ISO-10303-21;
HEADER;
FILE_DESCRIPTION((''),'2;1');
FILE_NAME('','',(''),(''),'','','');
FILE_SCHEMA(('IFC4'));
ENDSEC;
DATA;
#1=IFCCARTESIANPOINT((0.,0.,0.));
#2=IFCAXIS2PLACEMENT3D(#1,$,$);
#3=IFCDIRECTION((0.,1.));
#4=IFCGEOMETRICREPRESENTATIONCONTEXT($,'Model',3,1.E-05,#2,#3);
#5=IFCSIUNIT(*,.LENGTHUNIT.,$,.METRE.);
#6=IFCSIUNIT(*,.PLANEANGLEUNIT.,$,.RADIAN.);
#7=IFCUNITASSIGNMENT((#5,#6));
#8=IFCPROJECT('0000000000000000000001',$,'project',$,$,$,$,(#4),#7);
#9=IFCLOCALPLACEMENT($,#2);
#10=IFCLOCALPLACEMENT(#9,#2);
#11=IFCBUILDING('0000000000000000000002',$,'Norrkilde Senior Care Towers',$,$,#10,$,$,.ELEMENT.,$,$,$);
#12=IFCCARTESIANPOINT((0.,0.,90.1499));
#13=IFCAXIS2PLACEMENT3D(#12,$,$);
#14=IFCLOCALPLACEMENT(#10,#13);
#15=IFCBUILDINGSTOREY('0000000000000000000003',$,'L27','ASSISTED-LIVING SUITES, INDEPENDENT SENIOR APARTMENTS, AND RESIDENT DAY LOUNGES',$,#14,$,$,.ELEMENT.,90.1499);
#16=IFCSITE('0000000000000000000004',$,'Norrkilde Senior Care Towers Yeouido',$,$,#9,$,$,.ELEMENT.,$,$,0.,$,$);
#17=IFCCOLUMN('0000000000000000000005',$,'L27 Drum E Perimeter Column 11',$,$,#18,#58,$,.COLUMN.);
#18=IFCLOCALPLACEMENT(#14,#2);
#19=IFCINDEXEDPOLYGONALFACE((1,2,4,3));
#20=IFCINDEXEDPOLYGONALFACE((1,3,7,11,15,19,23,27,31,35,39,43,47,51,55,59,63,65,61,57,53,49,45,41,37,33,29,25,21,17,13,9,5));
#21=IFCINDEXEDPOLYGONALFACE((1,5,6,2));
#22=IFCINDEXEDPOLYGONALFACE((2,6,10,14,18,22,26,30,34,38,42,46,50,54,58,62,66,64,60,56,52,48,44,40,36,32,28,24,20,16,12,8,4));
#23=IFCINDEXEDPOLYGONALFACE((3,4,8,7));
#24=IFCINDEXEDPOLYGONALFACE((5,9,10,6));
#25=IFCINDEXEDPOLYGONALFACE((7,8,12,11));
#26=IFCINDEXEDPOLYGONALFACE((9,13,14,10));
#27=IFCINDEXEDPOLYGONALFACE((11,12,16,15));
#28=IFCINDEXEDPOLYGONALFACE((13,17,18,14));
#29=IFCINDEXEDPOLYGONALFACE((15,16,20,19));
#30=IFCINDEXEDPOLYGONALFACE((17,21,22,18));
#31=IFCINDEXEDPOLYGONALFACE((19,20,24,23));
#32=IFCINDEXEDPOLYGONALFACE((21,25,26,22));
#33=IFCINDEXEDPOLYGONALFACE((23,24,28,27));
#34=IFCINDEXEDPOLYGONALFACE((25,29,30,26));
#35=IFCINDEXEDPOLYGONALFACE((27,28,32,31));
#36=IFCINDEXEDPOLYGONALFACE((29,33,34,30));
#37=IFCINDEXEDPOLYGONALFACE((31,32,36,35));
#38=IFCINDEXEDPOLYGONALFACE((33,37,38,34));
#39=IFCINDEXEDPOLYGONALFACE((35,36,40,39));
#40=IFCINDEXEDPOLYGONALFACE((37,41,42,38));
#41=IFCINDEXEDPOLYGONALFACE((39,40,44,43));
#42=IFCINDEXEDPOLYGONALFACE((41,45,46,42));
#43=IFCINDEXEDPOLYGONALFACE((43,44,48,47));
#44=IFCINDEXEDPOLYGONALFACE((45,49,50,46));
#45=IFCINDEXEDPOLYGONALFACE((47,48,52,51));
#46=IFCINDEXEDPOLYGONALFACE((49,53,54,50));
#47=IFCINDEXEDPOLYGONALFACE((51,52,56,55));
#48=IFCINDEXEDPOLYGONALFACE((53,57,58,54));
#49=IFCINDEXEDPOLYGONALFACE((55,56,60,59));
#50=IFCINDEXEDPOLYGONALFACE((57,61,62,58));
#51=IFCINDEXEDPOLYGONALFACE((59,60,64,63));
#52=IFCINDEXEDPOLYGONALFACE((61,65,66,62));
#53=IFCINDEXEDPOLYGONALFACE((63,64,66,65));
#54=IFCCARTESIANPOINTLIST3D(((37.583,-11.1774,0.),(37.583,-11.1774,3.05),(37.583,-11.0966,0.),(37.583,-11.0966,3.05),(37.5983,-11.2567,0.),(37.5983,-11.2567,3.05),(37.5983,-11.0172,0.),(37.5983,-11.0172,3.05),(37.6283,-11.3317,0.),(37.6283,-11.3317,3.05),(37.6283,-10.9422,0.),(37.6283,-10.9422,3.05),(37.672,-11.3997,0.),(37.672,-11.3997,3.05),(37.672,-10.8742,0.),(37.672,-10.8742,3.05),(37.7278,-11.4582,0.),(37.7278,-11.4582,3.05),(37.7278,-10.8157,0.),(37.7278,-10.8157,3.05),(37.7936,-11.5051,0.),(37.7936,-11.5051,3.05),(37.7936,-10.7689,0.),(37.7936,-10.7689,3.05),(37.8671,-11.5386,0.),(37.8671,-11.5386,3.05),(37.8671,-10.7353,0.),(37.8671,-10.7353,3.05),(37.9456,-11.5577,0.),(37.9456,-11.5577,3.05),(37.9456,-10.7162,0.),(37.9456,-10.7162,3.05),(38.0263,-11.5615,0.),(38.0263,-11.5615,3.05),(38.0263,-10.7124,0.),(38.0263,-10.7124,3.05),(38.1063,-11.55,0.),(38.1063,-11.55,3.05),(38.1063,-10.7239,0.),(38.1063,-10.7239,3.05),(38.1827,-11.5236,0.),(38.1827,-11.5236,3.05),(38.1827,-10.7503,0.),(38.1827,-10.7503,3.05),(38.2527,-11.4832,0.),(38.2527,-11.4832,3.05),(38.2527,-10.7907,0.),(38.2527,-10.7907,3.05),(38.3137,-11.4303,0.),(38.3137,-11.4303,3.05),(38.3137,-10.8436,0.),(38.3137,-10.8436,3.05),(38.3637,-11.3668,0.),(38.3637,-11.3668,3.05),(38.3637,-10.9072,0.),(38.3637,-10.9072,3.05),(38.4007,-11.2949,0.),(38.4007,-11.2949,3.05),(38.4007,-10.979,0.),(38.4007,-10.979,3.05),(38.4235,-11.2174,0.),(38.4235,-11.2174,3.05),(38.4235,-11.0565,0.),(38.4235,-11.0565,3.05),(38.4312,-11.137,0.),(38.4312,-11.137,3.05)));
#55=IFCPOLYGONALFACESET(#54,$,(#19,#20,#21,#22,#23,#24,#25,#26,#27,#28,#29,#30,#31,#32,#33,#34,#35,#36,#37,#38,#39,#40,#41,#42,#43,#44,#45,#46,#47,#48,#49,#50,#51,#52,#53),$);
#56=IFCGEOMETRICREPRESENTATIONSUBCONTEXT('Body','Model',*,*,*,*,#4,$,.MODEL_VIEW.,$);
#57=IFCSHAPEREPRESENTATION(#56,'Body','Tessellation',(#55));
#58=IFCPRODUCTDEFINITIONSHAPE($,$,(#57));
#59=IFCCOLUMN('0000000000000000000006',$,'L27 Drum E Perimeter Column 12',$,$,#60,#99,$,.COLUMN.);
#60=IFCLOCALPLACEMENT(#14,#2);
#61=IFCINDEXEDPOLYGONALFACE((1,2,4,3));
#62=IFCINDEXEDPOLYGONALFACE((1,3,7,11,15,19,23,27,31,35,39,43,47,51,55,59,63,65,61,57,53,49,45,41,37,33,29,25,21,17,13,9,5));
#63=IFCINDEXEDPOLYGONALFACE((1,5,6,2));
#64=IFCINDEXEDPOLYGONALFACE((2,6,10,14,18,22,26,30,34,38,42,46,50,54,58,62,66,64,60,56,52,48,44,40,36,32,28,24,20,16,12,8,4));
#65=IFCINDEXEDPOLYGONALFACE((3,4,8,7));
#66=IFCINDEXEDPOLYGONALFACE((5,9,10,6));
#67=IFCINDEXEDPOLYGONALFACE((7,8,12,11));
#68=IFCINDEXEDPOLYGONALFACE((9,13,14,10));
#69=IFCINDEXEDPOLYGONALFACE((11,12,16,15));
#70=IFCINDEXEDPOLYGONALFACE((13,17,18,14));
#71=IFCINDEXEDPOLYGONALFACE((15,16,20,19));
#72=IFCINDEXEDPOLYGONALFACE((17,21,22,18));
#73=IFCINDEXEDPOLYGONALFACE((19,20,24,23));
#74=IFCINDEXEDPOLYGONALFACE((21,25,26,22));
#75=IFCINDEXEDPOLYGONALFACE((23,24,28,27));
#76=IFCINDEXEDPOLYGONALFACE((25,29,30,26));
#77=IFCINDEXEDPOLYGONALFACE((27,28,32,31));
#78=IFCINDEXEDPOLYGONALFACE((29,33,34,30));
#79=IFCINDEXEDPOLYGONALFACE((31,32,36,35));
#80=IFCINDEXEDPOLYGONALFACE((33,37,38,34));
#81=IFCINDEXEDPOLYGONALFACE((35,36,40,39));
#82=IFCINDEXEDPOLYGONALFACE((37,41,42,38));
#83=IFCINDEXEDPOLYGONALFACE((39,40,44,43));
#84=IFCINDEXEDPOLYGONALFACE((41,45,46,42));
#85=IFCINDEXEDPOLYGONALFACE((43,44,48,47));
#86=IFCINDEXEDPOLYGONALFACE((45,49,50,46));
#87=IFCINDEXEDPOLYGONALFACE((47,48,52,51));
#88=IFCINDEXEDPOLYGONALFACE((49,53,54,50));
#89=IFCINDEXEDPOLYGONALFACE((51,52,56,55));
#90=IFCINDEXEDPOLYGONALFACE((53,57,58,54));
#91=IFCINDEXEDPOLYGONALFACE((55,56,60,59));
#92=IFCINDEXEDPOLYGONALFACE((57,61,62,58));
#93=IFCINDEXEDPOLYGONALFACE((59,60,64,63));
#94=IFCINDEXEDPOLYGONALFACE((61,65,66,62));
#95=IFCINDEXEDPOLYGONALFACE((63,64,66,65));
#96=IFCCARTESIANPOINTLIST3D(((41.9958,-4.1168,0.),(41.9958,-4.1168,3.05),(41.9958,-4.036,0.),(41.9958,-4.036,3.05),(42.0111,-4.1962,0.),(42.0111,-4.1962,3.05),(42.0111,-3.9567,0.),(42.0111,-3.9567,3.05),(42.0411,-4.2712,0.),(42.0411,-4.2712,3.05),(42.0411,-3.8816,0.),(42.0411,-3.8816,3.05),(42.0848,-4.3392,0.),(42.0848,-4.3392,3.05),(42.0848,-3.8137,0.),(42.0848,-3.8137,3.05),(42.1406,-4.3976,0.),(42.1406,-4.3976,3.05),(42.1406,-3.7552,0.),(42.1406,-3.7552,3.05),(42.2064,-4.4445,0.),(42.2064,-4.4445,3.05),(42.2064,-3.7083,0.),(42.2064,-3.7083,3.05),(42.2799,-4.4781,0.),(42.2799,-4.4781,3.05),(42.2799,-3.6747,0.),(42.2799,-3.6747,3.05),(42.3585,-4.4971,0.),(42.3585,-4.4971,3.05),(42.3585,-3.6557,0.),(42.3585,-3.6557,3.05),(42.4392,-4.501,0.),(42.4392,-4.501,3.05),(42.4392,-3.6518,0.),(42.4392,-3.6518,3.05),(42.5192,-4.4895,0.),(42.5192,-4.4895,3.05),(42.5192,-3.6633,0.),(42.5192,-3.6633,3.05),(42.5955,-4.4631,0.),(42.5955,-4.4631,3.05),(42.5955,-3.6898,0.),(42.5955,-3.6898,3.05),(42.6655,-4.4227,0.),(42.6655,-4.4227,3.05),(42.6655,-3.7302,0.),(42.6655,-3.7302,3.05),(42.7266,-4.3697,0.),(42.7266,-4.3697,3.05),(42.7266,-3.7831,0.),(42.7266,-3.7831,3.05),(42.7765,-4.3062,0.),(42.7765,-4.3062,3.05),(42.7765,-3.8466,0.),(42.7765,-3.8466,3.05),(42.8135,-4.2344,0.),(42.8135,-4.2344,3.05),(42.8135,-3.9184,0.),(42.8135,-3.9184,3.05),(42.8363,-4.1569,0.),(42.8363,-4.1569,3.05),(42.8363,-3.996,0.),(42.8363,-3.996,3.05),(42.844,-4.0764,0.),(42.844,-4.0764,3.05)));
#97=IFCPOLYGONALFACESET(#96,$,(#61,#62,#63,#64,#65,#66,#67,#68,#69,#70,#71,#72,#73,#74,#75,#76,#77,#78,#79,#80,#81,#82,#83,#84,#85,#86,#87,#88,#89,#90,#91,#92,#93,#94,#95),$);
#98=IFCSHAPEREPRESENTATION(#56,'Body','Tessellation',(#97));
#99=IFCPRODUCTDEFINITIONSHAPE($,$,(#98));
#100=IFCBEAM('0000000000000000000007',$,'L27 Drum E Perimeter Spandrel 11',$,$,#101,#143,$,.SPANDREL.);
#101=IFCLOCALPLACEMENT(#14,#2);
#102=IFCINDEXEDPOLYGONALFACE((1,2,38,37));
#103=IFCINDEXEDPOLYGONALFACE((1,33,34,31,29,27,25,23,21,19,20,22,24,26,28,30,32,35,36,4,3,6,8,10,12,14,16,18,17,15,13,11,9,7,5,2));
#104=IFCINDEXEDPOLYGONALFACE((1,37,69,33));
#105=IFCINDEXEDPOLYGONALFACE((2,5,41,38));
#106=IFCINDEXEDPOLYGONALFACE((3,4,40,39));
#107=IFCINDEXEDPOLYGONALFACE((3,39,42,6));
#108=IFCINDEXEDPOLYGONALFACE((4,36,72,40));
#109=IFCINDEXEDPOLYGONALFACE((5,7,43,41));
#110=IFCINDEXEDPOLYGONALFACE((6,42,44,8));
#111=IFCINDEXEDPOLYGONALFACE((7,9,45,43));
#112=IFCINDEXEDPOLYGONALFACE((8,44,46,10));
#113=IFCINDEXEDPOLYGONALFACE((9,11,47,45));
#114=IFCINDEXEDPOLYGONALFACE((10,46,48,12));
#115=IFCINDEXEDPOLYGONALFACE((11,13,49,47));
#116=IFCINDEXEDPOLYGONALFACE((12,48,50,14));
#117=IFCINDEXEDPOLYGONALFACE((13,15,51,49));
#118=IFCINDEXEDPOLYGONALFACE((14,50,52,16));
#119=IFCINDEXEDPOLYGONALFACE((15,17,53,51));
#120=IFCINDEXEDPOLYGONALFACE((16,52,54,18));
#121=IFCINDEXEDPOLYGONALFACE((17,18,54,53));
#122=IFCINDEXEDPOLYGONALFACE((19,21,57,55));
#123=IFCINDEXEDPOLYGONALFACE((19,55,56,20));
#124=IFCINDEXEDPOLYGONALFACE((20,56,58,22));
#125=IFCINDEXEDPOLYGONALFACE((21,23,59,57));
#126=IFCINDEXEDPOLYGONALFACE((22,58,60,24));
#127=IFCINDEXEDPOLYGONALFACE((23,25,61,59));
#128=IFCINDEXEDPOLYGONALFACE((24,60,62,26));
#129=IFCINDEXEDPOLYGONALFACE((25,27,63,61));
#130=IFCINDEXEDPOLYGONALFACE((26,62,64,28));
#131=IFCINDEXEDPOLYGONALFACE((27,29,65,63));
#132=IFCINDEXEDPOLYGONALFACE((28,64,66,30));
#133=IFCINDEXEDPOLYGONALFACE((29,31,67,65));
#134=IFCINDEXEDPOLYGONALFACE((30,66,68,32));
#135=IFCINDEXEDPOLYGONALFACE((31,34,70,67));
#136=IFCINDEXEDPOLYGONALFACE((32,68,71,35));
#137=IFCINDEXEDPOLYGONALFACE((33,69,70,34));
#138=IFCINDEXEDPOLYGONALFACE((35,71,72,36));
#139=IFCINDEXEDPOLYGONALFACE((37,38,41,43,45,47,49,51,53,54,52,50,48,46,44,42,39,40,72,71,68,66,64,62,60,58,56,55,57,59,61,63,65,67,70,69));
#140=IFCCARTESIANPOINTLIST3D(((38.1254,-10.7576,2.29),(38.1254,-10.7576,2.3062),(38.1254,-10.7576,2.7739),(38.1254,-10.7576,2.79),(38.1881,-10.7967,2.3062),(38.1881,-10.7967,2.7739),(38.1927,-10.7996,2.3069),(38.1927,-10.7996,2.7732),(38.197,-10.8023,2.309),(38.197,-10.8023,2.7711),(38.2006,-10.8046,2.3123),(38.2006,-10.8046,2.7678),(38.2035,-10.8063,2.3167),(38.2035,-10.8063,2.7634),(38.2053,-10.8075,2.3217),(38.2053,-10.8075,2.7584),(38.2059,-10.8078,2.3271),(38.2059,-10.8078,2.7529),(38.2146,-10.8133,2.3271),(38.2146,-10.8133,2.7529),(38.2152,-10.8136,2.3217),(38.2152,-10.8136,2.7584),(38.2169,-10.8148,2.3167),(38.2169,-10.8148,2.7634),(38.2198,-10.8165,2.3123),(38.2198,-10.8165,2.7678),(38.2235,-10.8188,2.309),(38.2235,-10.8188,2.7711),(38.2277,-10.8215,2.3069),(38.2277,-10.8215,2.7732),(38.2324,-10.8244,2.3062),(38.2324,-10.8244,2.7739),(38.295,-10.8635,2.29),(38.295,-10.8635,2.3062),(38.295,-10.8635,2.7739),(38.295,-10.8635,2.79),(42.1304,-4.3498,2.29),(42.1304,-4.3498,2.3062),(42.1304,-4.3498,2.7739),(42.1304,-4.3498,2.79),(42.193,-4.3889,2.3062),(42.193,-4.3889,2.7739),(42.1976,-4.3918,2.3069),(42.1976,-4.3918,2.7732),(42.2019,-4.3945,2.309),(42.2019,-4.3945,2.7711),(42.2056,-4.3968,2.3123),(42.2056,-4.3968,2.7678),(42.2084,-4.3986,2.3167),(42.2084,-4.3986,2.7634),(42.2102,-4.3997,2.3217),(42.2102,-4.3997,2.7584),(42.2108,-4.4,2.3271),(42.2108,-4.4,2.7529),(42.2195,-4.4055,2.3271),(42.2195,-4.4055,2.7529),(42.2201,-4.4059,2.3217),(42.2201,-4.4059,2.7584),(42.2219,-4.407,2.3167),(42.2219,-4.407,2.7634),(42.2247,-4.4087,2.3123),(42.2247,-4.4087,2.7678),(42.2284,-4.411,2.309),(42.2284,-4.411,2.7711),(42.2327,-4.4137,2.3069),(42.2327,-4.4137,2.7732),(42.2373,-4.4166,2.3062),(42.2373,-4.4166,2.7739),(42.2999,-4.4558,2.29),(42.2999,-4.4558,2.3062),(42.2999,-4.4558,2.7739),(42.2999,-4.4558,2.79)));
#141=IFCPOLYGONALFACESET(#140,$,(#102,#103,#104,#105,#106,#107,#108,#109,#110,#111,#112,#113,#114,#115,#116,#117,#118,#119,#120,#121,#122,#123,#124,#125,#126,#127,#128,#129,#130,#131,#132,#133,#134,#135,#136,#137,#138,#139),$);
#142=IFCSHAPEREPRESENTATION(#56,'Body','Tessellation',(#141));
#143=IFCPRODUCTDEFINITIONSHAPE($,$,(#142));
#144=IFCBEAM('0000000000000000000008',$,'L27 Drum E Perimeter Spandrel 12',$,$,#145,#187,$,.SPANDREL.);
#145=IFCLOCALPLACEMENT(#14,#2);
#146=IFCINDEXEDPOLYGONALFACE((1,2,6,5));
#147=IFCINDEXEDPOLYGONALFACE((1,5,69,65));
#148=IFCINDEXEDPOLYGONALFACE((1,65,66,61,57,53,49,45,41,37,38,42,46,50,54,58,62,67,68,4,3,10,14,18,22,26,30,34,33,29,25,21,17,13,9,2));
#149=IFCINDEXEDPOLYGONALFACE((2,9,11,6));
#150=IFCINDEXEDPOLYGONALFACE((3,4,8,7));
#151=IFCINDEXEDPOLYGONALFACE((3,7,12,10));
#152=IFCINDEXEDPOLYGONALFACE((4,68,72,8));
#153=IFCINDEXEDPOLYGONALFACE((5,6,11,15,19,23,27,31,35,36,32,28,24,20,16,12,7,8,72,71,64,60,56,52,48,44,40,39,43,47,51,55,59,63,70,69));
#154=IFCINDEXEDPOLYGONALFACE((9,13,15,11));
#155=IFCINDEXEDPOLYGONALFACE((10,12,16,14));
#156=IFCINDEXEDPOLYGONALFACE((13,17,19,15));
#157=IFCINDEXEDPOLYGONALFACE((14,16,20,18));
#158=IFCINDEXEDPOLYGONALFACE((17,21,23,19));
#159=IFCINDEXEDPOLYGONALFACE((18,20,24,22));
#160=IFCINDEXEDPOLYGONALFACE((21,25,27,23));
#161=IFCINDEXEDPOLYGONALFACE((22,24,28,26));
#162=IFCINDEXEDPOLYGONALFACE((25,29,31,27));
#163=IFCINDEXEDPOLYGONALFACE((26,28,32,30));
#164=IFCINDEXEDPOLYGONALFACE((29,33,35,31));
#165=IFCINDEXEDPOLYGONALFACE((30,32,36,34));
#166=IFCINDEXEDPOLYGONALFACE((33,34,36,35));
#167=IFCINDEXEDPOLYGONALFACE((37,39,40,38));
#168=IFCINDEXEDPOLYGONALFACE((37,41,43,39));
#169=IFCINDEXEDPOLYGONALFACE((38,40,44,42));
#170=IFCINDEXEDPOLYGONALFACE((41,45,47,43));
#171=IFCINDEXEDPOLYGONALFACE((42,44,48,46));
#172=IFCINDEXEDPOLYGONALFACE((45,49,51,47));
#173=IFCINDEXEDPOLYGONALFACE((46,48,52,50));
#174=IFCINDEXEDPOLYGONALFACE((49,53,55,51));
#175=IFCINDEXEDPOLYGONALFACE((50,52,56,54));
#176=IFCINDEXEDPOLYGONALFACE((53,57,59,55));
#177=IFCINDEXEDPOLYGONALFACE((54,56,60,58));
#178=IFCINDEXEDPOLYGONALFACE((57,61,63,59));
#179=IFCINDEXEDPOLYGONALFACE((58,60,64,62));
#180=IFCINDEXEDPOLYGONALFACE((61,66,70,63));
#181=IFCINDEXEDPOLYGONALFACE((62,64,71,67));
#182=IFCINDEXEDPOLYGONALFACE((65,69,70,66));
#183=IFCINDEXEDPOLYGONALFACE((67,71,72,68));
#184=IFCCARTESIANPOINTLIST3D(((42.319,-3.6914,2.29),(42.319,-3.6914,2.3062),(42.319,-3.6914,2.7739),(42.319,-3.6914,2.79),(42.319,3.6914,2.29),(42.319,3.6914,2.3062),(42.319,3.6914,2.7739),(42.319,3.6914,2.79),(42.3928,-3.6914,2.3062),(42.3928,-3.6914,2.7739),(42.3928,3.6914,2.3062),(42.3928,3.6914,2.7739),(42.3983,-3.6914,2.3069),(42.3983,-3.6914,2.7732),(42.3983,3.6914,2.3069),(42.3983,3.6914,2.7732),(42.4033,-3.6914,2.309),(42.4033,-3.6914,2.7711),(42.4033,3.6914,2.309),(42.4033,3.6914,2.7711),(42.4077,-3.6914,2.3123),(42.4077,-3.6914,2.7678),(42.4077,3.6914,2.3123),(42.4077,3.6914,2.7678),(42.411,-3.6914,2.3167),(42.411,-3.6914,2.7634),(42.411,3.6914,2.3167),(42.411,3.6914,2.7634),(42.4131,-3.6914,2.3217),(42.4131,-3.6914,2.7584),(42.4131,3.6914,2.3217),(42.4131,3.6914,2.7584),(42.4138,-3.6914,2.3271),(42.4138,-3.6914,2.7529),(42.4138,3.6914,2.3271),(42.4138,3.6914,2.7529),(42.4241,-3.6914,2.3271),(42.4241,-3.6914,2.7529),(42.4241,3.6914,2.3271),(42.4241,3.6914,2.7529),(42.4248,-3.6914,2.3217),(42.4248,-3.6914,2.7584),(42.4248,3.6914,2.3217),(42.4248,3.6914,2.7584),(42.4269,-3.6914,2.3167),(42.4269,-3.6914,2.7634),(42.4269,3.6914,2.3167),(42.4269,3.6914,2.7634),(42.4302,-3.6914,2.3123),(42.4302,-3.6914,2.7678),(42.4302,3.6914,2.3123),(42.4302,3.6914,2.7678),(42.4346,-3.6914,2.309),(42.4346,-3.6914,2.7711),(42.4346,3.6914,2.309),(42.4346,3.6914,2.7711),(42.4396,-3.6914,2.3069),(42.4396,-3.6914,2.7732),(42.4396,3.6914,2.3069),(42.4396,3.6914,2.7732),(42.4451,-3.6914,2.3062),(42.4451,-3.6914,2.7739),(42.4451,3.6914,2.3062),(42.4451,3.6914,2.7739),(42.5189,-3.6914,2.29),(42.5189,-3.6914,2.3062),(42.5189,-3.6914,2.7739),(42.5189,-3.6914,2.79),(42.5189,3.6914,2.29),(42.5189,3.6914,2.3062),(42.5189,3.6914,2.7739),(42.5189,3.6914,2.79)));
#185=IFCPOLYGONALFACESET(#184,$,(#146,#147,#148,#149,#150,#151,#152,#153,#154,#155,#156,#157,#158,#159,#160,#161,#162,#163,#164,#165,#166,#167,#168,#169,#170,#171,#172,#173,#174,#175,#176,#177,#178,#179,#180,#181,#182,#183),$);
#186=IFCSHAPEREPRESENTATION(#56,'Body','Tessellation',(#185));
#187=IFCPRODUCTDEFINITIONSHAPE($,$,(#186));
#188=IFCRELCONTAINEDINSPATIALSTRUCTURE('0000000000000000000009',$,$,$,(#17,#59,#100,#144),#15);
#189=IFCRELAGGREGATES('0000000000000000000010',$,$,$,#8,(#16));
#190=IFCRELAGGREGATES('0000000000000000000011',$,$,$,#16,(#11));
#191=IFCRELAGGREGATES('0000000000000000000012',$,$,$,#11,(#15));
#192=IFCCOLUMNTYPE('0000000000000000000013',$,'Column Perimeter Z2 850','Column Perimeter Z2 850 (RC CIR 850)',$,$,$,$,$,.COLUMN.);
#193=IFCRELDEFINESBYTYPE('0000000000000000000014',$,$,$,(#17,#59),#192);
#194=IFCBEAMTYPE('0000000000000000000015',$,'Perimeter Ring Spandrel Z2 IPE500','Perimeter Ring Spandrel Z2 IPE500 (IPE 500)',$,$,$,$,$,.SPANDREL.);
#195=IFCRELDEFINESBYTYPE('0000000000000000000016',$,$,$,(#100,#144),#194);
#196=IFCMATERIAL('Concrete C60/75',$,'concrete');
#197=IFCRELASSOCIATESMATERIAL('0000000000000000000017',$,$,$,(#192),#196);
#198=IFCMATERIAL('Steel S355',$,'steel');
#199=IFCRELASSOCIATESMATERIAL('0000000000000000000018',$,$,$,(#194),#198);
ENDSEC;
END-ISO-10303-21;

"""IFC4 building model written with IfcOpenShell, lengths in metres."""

from ifc_helpers import new_model, si_unit, direction, frame, origin, origin_2d, place, context, subcontext, project, spatial, circle, i_section, extrude, source, transform, mapped, material, material_profile, profile_set, type_object, type_shapes, element, save


model = new_model("IFC4")

# Units and contexts
model_context = context("Model", 3, precision=1e-05, world=origin(), true_north=direction((0.0, 1.0)))
body_context = subcontext(model_context, "Body", "Model", "MODEL_VIEW")
ifc_project = project(units=[si_unit("LENGTHUNIT", "METRE"), si_unit("PLANEANGLEUNIT", "RADIAN")], contexts=[model_context])

# Site, building, storey
site_placement = place(None, origin())
site = spatial("IfcSite", under=ifc_project, at=site_placement, Name="Norrkilde Senior Care Towers Yeouido", CompositionType="ELEMENT", RefElevation=0.0)
building_placement = place(site_placement, origin())
building = spatial("IfcBuilding", under=site, at=building_placement, Name="Norrkilde Senior Care Towers", CompositionType="ELEMENT")
storey_placement = place(building_placement, frame((0.0, 0.0, 90.1499)))
storey = spatial("IfcBuildingStorey", under=building, at=storey_placement, Name="L27", Description="ASSISTED-LIVING SUITES, INDEPENDENT SENIOR APARTMENTS, AND RESIDENT DAY LOUNGES", CompositionType="ELEMENT", Elevation=90.1499)

# Columns
ifc_material_1 = material(Name="Concrete C60/75", Category="concrete")
ifc_material_profile_1 = material_profile(ifc_material_1, circle(Radius=0.425, at=origin_2d()), Name="RC CIR 850")
ifc_profile_set_1 = profile_set([ifc_material_profile_1], Name="Concrete C60/75")
column_type = type_object("IfcColumnType", Name="Column Perimeter Z2 850", Description="Column Perimeter Z2 850 (RC CIR 850)", PredefinedType="COLUMN", material=ifc_profile_set_1)
shared_shape_1 = source(origin(), body_context, "Body", "SweptSolid", [
    extrude(circle(Radius=0.425, at=origin_2d()), origin(), (0.0, 0.0, 1.0), 3.05),
])
type_shapes(column_type, [shared_shape_1])
for number, where, z_axis, x_axis, name in (
    (1, (38.0061, -11.137, 0.0), (0.0, 0.0, 1.0), (1.0, 0.0, 0.0), "L27 Drum E Perimeter Column 11"),
    (2, (42.4189, -4.0764, 0.0), (0.0, 0.0, 1.0), (1.0, 0.0, 0.0), "L27 Drum E Perimeter Column 12"),
):
    element("IfcColumn", number, at=place(storey_placement, frame(where, z_axis=z_axis, x_axis=x_axis)), inside=storey, type_object=column_type, Name=name, PredefinedType="COLUMN", context=body_context, shape_type="MappedRepresentation", body=[
        mapped(shared_shape_1, transform((0.0, 0.0, 0.0), x_axis=(1.0, 0.0, 0.0), y_axis=(0.0, 1.0, 0.0), z_axis=(0.0, 0.0, 1.0), scale=1.0)),
    ])

# Beams
ifc_material_2 = material(Name="Steel S355", Category="steel")
ifc_material_profile_2 = material_profile(ifc_material_2, i_section(OverallWidth=0.2, OverallDepth=0.5, WebThickness=0.0103, FlangeThickness=0.0161, FilletRadius=0.021, at=origin_2d()), Name="IPE 500")
ifc_profile_set_2 = profile_set([ifc_material_profile_2], Name="Steel S355")
beam_type = type_object("IfcBeamType", Name="Perimeter Ring Spandrel Z2 IPE500", Description="Perimeter Ring Spandrel Z2 IPE500 (IPE 500)", PredefinedType="SPANDREL", material=ifc_profile_set_2)
shared_shape_2 = source(origin(), body_context, "Body", "SweptSolid", [
    extrude(i_section(OverallWidth=0.2, OverallDepth=0.5, WebThickness=0.0103, FlangeThickness=0.0161, FilletRadius=0.021, at=origin_2d()), origin(), (0.0, 0.0, 1.0), 7.5564),
])
beam_1_placement = place(storey_placement, frame((38.2102, -10.8105, 2.54), z_axis=(0.530005, 0.847995, 0.0), x_axis=(-0.847995, 0.530005, 0.0)))
element("IfcBeam", 3, at=beam_1_placement, inside=storey, type_object=beam_type, Name="L27 Drum E Perimeter Spandrel 11", PredefinedType="SPANDREL", context=body_context, shape_type="MappedRepresentation", body=[
    mapped(shared_shape_2, transform((0.0, 0.0, 0.0), x_axis=(1.0, 0.0, 0.0), y_axis=(0.0, 1.0, 0.0), z_axis=(0.0, 0.0, 1.0), scale=1.0)),
])
shared_shape_3 = source(origin(), body_context, "Body", "SweptSolid", [
    extrude(i_section(OverallWidth=0.2, OverallDepth=0.5, WebThickness=0.0103, FlangeThickness=0.0161, FilletRadius=0.021, at=origin_2d()), origin(), (0.0, 0.0, 1.0), 7.3828),
])
type_shapes(beam_type, [shared_shape_2, shared_shape_3])
beam_2_placement = place(storey_placement, frame((42.4189, -3.6914, 2.54), z_axis=(0.0, 1.0, 0.0), x_axis=(-1.0, 0.0, 0.0)))
element("IfcBeam", 4, at=beam_2_placement, inside=storey, type_object=beam_type, Name="L27 Drum E Perimeter Spandrel 12", PredefinedType="SPANDREL", context=body_context, shape_type="MappedRepresentation", body=[
    mapped(shared_shape_3, transform((0.0, 0.0, 0.0), x_axis=(1.0, 0.0, 0.0), y_axis=(0.0, 1.0, 0.0), z_axis=(0.0, 0.0, 1.0), scale=1.0)),
])

save(model, "model.ifc")
